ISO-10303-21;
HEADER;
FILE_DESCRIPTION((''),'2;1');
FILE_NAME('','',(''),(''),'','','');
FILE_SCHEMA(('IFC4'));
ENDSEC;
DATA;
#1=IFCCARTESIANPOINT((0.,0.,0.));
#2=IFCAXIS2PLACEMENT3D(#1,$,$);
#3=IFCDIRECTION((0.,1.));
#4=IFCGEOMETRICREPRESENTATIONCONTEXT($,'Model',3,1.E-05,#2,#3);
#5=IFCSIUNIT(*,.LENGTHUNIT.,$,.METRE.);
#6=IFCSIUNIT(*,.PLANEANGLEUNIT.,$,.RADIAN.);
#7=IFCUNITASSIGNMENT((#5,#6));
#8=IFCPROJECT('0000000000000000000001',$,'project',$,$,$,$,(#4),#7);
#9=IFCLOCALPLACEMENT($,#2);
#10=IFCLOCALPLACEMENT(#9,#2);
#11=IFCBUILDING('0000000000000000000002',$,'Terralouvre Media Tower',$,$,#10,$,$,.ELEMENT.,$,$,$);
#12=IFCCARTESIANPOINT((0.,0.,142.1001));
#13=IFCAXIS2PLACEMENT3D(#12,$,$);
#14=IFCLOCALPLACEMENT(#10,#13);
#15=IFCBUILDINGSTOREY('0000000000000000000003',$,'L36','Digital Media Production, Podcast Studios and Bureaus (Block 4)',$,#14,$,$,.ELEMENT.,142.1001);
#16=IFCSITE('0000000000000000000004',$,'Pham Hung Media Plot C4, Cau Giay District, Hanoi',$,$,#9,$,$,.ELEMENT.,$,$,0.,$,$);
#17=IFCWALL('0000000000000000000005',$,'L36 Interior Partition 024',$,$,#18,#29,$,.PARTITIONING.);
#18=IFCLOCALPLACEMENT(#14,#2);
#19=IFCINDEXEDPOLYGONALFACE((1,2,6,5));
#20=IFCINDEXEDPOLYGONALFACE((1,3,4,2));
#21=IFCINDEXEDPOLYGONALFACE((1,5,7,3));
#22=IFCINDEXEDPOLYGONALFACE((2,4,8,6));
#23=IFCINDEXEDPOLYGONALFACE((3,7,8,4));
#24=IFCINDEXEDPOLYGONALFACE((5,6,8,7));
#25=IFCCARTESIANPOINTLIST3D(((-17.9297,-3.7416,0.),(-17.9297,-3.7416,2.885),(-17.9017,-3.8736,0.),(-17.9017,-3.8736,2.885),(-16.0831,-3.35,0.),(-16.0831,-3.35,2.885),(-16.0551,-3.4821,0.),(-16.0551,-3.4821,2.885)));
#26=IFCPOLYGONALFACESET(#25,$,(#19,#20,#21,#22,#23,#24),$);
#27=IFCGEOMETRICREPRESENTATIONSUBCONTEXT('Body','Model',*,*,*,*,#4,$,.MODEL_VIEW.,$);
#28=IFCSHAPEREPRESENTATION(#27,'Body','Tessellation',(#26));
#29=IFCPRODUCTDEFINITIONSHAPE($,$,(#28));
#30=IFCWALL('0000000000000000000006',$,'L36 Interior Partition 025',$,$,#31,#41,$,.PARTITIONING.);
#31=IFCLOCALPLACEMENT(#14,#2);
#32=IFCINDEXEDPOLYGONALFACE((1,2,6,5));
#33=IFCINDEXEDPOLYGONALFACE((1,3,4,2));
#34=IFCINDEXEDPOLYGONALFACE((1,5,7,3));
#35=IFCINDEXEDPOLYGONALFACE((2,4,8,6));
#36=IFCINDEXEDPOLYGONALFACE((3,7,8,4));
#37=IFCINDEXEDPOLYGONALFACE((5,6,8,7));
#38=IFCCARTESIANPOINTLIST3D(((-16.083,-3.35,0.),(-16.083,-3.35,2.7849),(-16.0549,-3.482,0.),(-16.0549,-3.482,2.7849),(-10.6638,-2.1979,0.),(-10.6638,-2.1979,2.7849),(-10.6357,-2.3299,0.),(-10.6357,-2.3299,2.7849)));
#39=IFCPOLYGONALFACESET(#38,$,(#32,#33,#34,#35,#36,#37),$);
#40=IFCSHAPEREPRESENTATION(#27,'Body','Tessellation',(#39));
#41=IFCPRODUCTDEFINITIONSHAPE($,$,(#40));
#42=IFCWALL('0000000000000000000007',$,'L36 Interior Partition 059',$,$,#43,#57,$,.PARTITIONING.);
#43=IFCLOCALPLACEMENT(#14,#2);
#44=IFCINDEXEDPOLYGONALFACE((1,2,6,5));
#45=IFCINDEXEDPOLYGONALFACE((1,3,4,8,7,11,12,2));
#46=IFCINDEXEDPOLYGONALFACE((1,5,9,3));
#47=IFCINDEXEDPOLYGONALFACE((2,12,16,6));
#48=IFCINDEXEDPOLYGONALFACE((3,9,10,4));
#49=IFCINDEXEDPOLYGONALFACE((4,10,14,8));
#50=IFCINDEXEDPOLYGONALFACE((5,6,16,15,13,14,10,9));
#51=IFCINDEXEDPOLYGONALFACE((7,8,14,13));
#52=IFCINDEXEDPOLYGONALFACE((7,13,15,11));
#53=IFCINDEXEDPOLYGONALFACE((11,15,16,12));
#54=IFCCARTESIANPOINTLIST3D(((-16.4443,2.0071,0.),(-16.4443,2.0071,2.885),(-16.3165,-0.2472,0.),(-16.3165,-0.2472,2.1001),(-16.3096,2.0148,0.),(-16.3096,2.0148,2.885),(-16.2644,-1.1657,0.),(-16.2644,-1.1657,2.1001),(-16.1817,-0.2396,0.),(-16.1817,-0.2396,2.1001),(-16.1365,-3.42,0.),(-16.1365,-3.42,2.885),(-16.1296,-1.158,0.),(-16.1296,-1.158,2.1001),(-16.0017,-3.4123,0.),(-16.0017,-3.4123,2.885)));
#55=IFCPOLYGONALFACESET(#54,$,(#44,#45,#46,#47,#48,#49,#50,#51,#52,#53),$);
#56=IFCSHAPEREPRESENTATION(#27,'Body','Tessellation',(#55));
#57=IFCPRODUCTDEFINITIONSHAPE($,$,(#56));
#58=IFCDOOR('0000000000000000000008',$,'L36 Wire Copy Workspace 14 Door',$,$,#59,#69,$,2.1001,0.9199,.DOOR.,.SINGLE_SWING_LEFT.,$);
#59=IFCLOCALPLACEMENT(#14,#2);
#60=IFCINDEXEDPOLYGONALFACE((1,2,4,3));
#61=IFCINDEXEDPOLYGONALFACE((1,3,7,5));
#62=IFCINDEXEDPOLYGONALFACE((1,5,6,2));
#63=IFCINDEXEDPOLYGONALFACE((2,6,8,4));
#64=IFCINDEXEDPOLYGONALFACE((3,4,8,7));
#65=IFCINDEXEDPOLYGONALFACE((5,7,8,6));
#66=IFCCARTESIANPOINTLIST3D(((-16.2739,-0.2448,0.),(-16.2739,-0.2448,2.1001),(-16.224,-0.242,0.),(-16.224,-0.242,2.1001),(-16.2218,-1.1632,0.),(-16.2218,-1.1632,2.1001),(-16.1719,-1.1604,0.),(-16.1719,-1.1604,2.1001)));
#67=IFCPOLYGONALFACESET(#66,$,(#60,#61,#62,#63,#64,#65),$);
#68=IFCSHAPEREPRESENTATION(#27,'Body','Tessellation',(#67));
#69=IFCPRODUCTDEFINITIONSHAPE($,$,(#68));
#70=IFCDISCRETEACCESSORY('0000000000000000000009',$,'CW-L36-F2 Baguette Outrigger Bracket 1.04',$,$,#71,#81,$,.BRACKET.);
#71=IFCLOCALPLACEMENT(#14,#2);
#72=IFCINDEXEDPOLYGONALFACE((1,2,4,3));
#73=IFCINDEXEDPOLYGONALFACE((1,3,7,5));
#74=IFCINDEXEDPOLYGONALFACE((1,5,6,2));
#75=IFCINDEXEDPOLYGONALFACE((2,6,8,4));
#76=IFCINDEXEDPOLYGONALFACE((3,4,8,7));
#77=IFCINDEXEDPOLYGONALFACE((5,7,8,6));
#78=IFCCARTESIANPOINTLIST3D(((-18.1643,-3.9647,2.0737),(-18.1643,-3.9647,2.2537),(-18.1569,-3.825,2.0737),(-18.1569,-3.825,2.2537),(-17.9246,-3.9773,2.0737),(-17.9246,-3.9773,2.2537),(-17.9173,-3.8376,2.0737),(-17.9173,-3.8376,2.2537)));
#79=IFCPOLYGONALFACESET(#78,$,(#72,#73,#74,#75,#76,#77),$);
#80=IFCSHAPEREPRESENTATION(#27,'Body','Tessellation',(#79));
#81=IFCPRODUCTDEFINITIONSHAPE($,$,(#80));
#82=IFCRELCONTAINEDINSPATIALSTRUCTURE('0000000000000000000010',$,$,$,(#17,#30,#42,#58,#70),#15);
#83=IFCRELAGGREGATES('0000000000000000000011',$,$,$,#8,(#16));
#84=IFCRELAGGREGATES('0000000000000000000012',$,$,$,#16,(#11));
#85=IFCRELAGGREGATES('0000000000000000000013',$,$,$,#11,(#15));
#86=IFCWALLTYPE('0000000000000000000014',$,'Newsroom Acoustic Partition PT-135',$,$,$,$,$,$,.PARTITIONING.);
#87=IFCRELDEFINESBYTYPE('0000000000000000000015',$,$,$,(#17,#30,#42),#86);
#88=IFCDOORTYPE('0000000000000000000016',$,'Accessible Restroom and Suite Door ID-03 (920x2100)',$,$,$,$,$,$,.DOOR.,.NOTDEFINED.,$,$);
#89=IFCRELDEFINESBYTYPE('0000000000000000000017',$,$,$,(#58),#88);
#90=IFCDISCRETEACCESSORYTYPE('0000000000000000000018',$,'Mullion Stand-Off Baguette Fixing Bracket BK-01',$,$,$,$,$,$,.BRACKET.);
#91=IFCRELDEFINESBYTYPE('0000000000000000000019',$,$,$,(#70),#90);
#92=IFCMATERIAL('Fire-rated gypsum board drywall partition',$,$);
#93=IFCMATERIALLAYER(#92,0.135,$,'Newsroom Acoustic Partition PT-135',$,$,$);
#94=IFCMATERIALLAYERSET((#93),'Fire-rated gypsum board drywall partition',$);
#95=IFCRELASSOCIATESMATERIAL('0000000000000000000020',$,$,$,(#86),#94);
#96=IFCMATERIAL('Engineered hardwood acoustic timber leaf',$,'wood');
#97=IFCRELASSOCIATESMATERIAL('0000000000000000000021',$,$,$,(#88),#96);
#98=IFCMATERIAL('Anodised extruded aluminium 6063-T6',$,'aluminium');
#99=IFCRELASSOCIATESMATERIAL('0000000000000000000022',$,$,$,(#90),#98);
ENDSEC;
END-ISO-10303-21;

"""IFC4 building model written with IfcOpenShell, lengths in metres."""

from ifc_helpers import new_model, si_unit, direction, frame, frame_2d, origin, origin_2d, place, context, subcontext, project, spatial, rectangle, extrude, material, layer, layer_set, type_object, element, fill, save


model = new_model("IFC4")

# Units and contexts
model_context = context("Model", 3, precision=1e-05, world=origin(), true_north=direction((0.0, 1.0)))
body_context = subcontext(model_context, "Body", "Model", "MODEL_VIEW")
ifc_project = project(units=[si_unit("LENGTHUNIT", "METRE"), si_unit("PLANEANGLEUNIT", "RADIAN")], contexts=[model_context])

# Site, building, storey
site_placement = place(None, origin())
site = spatial("IfcSite", under=ifc_project, at=site_placement, Name="Pham Hung Media Plot C4, Cau Giay District, Hanoi", CompositionType="ELEMENT", RefElevation=0.0)
building_placement = place(site_placement, origin())
building = spatial("IfcBuilding", under=site, at=building_placement, Name="Terralouvre Media Tower", CompositionType="ELEMENT")
storey_placement = place(building_placement, frame((0.0, 0.0, 142.1001)))
storey = spatial("IfcBuildingStorey", under=building, at=storey_placement, Name="L36", Description="Digital Media Production, Podcast Studios and Bureaus (Block 4)", CompositionType="ELEMENT", Elevation=142.1001)

# Shared definitions
ifc_material_1 = material(Name="Fire-rated gypsum board drywall partition")
ifc_layer_1 = layer(ifc_material_1, 0.135, Name="Newsroom Acoustic Partition PT-135")
ifc_layer_set_1 = layer_set([ifc_layer_1], Name="Fire-rated gypsum board drywall partition")
wall_type = type_object("IfcWallType", Name="Newsroom Acoustic Partition PT-135", PredefinedType="PARTITIONING", material=ifc_layer_set_1)

# Walls
wall_1_placement = place(storey_placement, frame((-16.0691, -3.416, 0.0), z_axis=(0.0, 0.0, 1.0), x_axis=(-0.978247, -0.207444, 0.0)))
element("IfcWall", 1, at=wall_1_placement, inside=storey, type_object=wall_type, Name="L36 Interior Partition 024", PredefinedType="PARTITIONING", context=body_context, shape_type="SweptSolid", body=[
    extrude(rectangle(XDim=1.8877, YDim=0.135, at=frame_2d((0.9438, 0.0))), origin(), (0.0, 0.0, 1.0), 2.885),
])
wall_2_placement = place(storey_placement, frame((-10.6499, -2.2639, 0.0), z_axis=(0.0, 0.0, 1.0), x_axis=(-0.97814, -0.207949, 0.0)))
element("IfcWall", 2, at=wall_2_placement, inside=storey, type_object=wall_type, Name="L36 Interior Partition 025", PredefinedType="PARTITIONING", context=body_context, shape_type="SweptSolid", body=[
    extrude(rectangle(XDim=5.5403, YDim=0.135, at=frame_2d((2.77, 0.0))), origin(), (0.0, 0.0, 1.0), 2.7849),
])

# Wall, opening, door
wall_3_placement = place(storey_placement, frame((-16.0691, -3.416, 0.0), z_axis=(0.0, 0.0, 1.0), x_axis=(-0.056637, 0.998395, 0.0)))
wall_3 = element("IfcWall", 3, at=wall_3_placement, inside=storey, type_object=wall_type, Name="L36 Interior Partition 059", PredefinedType="PARTITIONING", context=body_context, shape_type="SweptSolid", body=[
    extrude(rectangle(XDim=5.4358, YDim=0.135, at=frame_2d((2.7178, 0.0))), origin(), (0.0, 0.0, 1.0), 2.885),
])
opening_1_placement = place(wall_3_placement, frame((2.2578, 0.0, 0.0)))
opening_1 = element("IfcOpeningElement", 4, at=opening_1_placement, cuts=wall_3, PredefinedType="OPENING", context=body_context, shape_type="SweptSolid", body=[
    extrude(rectangle(XDim=0.9199, YDim=2.1001, at=frame_2d((0.46, 1.05))), frame((0.0, 0.0774, 0.0), z_axis=(0.0, -1.0, 0.0), x_axis=(1.0, 0.0, 0.0)), (0.0, 0.0, 1.0), 0.155),
])
ifc_material_2 = material(Name="Engineered hardwood acoustic timber leaf", Category="wood")
door_type_1 = type_object("IfcDoorType", Name="Accessible Restroom and Suite Door ID-03 (920x2100)", OperationType="NOTDEFINED", PredefinedType="DOOR", material=ifc_material_2)
door_1_placement = place(opening_1_placement, origin())
door_1 = element("IfcDoor", 5, at=door_1_placement, inside=storey, type_object=door_type_1, Name="L36 Wire Copy Workspace 14 Door", OperationType="SINGLE_SWING_LEFT", OverallHeight=2.1001, OverallWidth=0.9199, PredefinedType="DOOR", context=body_context, shape_type="SweptSolid", body=[
    extrude(rectangle(XDim=0.9199, YDim=2.1001, at=frame_2d((0.46, 1.05))), frame((0.0, 0.0249, 0.0), z_axis=(0.0, -1.0, 0.0), x_axis=(1.0, 0.0, 0.0)), (0.0, 0.0, 1.0), 0.05),
])
fill(opening_1, door_1)

# Discrete accessory
ifc_material_3 = material(Name="Anodised extruded aluminium 6063-T6", Category="aluminium")
discrete_accessory_type = type_object("IfcDiscreteAccessoryType", Name="Mullion Stand-Off Baguette Fixing Bracket BK-01", PredefinedType="BRACKET", material=ifc_material_3)
discrete_accessory_placement = place(storey_placement, frame((-18.0408, -3.9011, 2.0737), z_axis=(0.0, 0.0, 1.0), x_axis=(-0.052336, -0.99863, 0.0)))
element("IfcDiscreteAccessory", 6, at=discrete_accessory_placement, inside=storey, type_object=discrete_accessory_type, Name="CW-L36-F2 Baguette Outrigger Bracket 1.04", PredefinedType="BRACKET", context=body_context, shape_type="SweptSolid", body=[
    extrude(rectangle(XDim=0.1399, YDim=0.24, at=origin_2d()), origin(), (0.0, 0.0, 1.0), 0.1799),
])

save(model, "model.ifc")
